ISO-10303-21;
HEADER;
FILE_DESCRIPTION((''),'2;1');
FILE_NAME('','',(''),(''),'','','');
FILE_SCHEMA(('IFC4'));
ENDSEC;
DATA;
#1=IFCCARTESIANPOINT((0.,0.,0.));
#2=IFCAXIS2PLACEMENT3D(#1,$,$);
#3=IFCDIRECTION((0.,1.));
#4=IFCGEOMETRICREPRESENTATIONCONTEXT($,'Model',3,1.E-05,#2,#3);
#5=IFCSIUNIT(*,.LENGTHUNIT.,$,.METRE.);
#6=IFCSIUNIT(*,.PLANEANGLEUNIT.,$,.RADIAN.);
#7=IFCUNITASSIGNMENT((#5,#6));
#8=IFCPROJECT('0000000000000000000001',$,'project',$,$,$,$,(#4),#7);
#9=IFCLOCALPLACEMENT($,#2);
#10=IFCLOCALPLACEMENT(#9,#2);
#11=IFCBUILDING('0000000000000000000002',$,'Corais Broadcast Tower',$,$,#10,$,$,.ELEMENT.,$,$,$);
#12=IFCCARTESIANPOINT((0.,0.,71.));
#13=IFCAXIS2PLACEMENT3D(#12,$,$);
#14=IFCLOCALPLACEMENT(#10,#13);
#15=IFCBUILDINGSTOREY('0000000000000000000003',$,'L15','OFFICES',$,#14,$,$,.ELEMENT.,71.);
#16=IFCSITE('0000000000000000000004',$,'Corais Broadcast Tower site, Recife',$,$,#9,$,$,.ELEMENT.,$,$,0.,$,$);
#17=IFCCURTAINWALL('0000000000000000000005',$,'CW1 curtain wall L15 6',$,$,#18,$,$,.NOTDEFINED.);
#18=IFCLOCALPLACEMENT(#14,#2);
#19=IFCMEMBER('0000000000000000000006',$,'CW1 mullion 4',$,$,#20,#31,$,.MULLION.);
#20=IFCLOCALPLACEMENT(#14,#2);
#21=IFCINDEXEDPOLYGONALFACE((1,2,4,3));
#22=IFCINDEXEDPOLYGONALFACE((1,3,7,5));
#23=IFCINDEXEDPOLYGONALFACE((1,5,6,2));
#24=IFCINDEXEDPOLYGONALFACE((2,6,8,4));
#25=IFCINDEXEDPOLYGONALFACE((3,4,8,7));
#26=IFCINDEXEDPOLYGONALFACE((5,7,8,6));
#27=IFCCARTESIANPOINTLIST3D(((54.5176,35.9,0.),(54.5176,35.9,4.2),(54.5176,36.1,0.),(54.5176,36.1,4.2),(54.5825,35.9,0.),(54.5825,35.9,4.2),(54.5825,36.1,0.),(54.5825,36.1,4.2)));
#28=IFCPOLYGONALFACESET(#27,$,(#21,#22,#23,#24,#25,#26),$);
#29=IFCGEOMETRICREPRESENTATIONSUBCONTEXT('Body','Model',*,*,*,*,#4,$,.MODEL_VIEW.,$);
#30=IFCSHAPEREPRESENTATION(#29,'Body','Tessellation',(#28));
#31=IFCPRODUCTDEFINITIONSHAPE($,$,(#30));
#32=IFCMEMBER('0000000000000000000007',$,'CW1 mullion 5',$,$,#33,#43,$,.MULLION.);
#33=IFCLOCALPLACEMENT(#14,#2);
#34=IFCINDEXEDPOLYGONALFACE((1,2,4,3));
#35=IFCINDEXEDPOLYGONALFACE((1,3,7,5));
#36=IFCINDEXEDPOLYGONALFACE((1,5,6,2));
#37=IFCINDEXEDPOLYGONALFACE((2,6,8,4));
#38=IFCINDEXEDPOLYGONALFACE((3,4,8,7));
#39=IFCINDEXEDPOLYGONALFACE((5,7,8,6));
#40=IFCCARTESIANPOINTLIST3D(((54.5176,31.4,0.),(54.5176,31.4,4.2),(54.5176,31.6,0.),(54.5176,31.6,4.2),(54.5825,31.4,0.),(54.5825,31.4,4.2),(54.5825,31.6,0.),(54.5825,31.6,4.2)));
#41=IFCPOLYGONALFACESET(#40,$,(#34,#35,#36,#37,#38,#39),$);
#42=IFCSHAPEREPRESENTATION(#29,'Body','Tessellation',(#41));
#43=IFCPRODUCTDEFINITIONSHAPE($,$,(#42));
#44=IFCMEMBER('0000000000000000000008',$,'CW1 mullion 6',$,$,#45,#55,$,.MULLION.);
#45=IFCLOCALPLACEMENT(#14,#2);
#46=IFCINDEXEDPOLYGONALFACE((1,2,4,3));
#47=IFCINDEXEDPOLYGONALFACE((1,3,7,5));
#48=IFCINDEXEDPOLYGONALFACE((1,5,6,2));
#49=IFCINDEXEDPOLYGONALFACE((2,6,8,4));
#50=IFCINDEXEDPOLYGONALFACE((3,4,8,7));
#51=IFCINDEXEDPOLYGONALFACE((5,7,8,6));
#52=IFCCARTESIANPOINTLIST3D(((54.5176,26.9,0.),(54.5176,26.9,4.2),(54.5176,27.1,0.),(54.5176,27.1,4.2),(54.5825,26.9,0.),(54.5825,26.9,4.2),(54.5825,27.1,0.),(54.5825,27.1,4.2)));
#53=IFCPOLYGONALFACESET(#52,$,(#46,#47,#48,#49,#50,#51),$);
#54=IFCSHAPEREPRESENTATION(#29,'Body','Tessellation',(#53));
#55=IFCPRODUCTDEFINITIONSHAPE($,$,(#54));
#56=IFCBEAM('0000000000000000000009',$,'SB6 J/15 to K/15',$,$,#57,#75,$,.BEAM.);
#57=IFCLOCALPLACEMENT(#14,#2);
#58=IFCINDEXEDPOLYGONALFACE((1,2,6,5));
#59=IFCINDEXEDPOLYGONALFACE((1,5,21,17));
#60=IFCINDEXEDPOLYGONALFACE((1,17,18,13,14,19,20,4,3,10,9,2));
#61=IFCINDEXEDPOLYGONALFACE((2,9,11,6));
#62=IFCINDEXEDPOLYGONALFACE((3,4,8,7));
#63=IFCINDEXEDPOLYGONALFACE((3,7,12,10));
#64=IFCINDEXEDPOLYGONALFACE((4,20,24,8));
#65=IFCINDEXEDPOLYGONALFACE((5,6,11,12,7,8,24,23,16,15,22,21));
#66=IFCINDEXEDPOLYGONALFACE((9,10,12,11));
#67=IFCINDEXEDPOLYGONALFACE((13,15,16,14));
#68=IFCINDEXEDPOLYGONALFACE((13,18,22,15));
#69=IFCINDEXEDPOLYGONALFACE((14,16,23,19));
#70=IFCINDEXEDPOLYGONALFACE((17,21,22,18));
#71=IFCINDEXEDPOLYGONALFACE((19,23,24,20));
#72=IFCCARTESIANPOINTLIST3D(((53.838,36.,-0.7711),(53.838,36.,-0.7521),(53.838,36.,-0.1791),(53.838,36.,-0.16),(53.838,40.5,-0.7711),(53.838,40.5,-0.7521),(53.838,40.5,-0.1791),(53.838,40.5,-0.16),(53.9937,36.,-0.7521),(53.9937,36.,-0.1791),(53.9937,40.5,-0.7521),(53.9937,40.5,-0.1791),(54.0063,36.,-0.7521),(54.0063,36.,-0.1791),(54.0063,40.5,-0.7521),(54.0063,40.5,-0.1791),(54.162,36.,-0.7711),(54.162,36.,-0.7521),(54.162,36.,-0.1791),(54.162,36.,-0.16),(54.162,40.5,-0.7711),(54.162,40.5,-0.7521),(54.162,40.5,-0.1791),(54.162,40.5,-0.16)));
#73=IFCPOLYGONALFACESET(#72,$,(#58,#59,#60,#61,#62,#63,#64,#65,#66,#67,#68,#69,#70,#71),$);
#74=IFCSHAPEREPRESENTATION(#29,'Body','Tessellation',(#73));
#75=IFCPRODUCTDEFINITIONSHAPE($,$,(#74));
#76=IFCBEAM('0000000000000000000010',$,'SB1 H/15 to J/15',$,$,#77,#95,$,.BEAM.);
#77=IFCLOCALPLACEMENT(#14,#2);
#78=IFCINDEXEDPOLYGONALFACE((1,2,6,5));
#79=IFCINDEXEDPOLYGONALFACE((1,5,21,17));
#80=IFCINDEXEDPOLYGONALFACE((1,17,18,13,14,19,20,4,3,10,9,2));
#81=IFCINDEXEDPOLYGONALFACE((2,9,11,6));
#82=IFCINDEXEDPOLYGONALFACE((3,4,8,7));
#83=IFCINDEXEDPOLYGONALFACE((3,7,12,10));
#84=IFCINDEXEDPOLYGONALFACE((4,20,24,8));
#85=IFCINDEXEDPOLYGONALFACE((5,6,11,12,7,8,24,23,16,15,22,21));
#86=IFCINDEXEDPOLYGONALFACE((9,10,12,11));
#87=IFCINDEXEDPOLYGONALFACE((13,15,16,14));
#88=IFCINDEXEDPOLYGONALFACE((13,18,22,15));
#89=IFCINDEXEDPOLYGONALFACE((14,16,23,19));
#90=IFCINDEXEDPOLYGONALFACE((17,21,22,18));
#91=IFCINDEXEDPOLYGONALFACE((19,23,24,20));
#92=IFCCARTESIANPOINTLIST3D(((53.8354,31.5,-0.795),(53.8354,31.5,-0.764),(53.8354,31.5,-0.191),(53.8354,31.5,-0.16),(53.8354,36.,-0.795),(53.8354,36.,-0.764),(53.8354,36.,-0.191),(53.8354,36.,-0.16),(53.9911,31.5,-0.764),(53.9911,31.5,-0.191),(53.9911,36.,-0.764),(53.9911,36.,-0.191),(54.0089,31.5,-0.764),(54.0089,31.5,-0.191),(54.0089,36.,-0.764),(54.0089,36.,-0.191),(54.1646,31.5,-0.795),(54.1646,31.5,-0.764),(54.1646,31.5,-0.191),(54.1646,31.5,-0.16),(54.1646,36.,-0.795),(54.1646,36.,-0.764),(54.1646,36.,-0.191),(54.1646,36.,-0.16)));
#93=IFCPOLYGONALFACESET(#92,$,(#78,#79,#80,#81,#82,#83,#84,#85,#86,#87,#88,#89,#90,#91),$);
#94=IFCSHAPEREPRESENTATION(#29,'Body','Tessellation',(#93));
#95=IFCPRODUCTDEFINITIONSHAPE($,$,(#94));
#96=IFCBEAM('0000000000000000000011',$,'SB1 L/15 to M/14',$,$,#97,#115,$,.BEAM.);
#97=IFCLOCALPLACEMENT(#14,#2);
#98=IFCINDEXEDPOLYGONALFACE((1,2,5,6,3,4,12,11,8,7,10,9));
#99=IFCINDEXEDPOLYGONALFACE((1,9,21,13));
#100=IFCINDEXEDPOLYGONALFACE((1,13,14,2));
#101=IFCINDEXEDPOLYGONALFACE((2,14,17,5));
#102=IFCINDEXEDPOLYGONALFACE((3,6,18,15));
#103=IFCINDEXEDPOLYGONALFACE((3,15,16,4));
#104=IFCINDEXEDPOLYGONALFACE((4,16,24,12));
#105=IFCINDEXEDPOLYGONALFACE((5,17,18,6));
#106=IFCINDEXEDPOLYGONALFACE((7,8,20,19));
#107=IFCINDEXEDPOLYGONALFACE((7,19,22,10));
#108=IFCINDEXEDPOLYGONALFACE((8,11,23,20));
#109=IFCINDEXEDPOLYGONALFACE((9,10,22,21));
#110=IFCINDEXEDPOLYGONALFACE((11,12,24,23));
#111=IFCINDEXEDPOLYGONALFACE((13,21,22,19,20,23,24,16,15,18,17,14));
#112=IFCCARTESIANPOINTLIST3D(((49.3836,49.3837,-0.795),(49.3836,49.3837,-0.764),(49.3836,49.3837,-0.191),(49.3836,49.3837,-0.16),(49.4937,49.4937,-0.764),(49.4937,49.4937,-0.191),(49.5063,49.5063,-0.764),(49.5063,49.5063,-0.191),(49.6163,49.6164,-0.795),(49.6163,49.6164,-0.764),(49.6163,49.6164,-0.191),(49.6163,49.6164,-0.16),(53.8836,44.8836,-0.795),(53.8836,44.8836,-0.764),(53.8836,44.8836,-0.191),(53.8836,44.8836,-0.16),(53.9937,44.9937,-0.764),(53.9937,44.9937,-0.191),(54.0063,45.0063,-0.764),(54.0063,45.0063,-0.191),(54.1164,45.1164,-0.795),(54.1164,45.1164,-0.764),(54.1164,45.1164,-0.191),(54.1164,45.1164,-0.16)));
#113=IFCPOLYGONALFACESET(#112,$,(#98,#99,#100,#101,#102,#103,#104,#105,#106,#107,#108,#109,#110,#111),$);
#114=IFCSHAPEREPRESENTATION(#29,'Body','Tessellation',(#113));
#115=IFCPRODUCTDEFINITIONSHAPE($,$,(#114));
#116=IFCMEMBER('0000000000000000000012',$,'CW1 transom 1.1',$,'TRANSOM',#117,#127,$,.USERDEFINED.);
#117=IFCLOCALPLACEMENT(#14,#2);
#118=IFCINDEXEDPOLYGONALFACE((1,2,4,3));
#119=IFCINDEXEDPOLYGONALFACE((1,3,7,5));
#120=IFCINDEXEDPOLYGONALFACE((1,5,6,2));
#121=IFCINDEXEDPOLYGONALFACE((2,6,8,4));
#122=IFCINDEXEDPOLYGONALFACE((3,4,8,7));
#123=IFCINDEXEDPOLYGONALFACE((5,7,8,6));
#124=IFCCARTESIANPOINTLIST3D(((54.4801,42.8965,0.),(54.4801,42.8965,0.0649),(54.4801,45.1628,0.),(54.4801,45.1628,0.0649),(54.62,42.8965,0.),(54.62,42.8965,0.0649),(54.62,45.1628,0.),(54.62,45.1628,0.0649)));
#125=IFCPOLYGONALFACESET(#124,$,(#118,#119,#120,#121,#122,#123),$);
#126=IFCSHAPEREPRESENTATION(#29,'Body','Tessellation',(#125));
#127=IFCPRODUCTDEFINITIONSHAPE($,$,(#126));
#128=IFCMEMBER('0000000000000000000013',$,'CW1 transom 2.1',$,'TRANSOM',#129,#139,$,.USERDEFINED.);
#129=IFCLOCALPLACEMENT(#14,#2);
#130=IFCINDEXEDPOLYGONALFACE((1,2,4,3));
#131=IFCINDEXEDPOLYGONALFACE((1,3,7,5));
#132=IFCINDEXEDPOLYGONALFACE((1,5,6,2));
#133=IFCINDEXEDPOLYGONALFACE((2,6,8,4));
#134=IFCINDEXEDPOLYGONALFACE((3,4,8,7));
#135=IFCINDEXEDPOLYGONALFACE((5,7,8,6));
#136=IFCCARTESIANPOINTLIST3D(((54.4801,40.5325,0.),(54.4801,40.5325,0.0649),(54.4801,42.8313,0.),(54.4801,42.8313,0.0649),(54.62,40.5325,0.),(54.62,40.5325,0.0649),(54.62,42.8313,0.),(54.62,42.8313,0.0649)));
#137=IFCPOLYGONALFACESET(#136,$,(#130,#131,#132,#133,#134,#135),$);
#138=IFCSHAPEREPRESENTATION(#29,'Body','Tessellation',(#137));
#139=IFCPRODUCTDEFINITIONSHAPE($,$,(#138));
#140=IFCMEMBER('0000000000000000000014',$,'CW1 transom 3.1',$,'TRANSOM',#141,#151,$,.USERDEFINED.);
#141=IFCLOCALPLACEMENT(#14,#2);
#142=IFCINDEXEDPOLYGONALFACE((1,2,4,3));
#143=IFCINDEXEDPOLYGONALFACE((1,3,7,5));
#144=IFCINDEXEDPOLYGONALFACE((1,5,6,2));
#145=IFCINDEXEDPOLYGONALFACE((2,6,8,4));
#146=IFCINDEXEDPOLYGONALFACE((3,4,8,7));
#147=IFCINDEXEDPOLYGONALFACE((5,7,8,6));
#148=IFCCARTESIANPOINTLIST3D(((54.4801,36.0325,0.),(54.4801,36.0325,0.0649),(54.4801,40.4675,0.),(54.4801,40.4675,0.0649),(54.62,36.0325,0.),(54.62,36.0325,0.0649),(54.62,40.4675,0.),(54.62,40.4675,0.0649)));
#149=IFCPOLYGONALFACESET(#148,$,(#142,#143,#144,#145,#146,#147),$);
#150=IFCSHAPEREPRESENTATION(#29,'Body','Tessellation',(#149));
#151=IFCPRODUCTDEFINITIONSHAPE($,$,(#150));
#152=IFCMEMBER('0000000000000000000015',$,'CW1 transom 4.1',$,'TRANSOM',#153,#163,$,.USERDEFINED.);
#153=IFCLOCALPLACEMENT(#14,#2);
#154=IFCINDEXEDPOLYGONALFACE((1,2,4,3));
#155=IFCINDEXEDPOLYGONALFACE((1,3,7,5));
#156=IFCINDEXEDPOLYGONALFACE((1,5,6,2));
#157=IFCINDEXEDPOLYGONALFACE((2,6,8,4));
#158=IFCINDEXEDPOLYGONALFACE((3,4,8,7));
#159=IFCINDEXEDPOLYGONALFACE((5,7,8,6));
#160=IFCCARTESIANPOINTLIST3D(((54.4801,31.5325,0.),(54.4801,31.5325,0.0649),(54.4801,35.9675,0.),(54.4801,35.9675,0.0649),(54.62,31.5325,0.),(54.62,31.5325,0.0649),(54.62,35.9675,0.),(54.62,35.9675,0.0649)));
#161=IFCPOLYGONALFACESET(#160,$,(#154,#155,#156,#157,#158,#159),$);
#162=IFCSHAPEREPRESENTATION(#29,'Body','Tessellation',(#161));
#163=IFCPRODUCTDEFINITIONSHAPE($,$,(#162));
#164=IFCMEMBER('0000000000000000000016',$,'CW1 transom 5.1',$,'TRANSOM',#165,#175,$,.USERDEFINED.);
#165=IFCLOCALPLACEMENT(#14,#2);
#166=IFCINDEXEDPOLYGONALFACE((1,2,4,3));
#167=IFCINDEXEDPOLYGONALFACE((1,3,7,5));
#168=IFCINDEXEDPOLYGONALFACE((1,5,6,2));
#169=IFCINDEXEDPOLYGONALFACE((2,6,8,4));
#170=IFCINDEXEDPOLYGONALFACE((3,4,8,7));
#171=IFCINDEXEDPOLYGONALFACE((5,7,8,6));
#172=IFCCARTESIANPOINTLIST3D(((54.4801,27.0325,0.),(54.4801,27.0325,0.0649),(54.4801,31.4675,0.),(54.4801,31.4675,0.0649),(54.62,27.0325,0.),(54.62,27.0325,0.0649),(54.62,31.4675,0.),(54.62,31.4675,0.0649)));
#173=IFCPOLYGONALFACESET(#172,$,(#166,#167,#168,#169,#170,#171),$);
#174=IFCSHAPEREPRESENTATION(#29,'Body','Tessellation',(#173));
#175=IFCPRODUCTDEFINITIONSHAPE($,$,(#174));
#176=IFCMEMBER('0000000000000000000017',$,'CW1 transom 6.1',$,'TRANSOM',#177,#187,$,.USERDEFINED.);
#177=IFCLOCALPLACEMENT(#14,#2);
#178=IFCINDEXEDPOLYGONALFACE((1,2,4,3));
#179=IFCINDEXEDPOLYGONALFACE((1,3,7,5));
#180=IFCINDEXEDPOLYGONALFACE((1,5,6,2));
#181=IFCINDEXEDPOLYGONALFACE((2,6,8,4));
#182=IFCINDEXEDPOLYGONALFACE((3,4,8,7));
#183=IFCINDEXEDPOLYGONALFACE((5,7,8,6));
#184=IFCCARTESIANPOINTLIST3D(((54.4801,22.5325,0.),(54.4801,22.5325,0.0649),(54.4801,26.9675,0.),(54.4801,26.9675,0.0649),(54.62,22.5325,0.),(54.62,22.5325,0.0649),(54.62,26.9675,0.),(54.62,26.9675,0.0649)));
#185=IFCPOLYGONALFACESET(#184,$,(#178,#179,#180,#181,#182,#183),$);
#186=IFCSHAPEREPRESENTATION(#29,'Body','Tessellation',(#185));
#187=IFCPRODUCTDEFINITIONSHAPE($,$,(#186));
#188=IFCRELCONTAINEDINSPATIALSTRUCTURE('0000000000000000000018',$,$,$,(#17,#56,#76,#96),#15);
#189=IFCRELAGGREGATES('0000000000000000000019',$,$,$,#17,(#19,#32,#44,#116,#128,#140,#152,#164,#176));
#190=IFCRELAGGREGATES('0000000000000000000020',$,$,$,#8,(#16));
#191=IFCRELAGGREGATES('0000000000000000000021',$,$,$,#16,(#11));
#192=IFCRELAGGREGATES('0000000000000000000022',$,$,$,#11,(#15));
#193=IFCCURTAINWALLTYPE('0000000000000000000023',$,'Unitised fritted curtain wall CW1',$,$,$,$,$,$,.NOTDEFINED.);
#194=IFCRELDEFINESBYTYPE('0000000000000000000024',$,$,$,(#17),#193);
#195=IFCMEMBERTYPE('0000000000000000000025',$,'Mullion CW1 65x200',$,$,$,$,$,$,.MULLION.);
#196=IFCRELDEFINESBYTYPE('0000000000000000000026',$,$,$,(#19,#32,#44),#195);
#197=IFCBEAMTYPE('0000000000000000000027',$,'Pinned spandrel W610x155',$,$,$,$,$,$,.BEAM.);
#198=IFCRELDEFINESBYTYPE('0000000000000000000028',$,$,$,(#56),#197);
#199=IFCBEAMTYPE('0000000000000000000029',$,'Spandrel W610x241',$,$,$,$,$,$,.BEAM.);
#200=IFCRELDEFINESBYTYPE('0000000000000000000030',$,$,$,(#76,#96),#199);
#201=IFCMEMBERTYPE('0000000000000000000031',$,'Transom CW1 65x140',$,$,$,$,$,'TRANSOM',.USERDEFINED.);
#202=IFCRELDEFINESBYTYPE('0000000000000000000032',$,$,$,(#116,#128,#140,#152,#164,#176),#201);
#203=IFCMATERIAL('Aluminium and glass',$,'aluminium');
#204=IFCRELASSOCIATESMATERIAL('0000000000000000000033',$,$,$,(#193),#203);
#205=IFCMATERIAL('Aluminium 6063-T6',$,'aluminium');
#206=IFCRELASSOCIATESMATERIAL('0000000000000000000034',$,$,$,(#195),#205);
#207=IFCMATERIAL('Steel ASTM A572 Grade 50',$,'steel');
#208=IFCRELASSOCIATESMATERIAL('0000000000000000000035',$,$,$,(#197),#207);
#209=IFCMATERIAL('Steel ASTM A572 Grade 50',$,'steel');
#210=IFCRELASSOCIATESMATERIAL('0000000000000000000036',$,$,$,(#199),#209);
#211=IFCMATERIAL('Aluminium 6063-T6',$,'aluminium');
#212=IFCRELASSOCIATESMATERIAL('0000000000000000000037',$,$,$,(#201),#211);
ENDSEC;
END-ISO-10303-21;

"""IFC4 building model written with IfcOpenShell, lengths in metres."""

from ifc_helpers import new_model, si_unit, direction, frame, origin, origin_2d, place, context, subcontext, project, spatial, rectangle, i_section, extrude, material, material_profile, profile_set, type_object, element, aggregate, save


model = new_model("IFC4")

# Units and contexts
model_context = context("Model", 3, precision=1e-05, world=origin(), true_north=direction((0.0, 1.0)))
body_context = subcontext(model_context, "Body", "Model", "MODEL_VIEW")
ifc_project = project(units=[si_unit("LENGTHUNIT", "METRE"), si_unit("PLANEANGLEUNIT", "RADIAN")], contexts=[model_context])

# Site, building, storey
site_placement = place(None, origin())
site = spatial("IfcSite", under=ifc_project, at=site_placement, Name="Corais Broadcast Tower site, Recife", CompositionType="ELEMENT", RefElevation=0.0)
building_placement = place(site_placement, origin())
building = spatial("IfcBuilding", under=site, at=building_placement, Name="Corais Broadcast Tower", CompositionType="ELEMENT")
storey_placement = place(building_placement, frame((0.0, 0.0, 71.0)))
storey = spatial("IfcBuildingStorey", under=building, at=storey_placement, Name="L15", Description="OFFICES", CompositionType="ELEMENT", Elevation=71.0)

# Curtain wall, members
ifc_material_1 = material(Name="Aluminium and glass", Category="aluminium")
curtain_wall_type = type_object("IfcCurtainWallType", Name="Unitised fritted curtain wall CW1", PredefinedType="NOTDEFINED", material=ifc_material_1)
curtain_wall_placement = place(storey_placement, origin())
curtain_wall = element("IfcCurtainWall", 1, at=curtain_wall_placement, inside=storey, type_object=curtain_wall_type, Name="CW1 curtain wall L15 6", PredefinedType="NOTDEFINED")
ifc_material_2 = material(Name="Aluminium 6063-T6", Category="aluminium")
ifc_material_profile_1 = material_profile(ifc_material_2, rectangle(XDim=0.0649, YDim=0.2, at=origin_2d()), Name="Mullion CW1 65x200")
ifc_profile_set_1 = profile_set([ifc_material_profile_1], Name="Aluminium 6063-T6")
member_type_1 = type_object("IfcMemberType", Name="Mullion CW1 65x200", PredefinedType="MULLION", material=ifc_profile_set_1)
member_1_placement = place(storey_placement, frame((54.55, 36.0, 0.0), z_axis=(0.0, 0.0, 1.0), x_axis=(1.0, 0.0, 0.0)))
member_1 = element("IfcMember", 2, at=member_1_placement, type_object=member_type_1, Name="CW1 mullion 4", PredefinedType="MULLION", context=body_context, shape_type="SweptSolid", body=[
    extrude(rectangle(XDim=0.0649, YDim=0.2, at=origin_2d()), origin(), (0.0, 0.0, 1.0), 4.2),
])
member_2_placement = place(storey_placement, frame((54.55, 31.5, 0.0), z_axis=(0.0, 0.0, 1.0), x_axis=(1.0, 0.0, 0.0)))
member_2 = element("IfcMember", 3, at=member_2_placement, type_object=member_type_1, Name="CW1 mullion 5", PredefinedType="MULLION", context=body_context, shape_type="SweptSolid", body=[
    extrude(rectangle(XDim=0.0649, YDim=0.2, at=origin_2d()), origin(), (0.0, 0.0, 1.0), 4.2),
])
member_3_placement = place(storey_placement, frame((54.55, 27.0, 0.0), z_axis=(0.0, 0.0, 1.0), x_axis=(1.0, 0.0, 0.0)))
member_3 = element("IfcMember", 4, at=member_3_placement, type_object=member_type_1, Name="CW1 mullion 6", PredefinedType="MULLION", context=body_context, shape_type="SweptSolid", body=[
    extrude(rectangle(XDim=0.0649, YDim=0.2, at=origin_2d()), origin(), (0.0, 0.0, 1.0), 4.2),
])

# Beams
ifc_material_3 = material(Name="Steel ASTM A572 Grade 50", Category="steel")
ifc_material_profile_2 = material_profile(ifc_material_3, i_section(OverallWidth=0.324, OverallDepth=0.6111, WebThickness=0.0127, FlangeThickness=0.019, at=origin_2d()), Name="W610x155")
ifc_profile_set_2 = profile_set([ifc_material_profile_2], Name="Steel ASTM A572 Grade 50")
beam_type_1 = type_object("IfcBeamType", Name="Pinned spandrel W610x155", PredefinedType="BEAM", material=ifc_profile_set_2)
beam_1_placement = place(storey_placement, frame((54.0, 36.0, -0.4656), z_axis=(0.0, 1.0, 0.0), x_axis=(-1.0, 0.0, 0.0)))
element("IfcBeam", 5, at=beam_1_placement, inside=storey, type_object=beam_type_1, Name="SB6 J/15 to K/15", PredefinedType="BEAM", context=body_context, shape_type="SweptSolid", body=[
    extrude(i_section(OverallWidth=0.324, OverallDepth=0.6111, WebThickness=0.0127, FlangeThickness=0.019, at=origin_2d()), origin(), (0.0, 0.0, 1.0), 4.5),
])
ifc_material_4 = material(Name="Steel ASTM A572 Grade 50", Category="steel")
ifc_material_profile_3 = material_profile(ifc_material_4, i_section(OverallWidth=0.3291, OverallDepth=0.635, WebThickness=0.0178, FlangeThickness=0.031, at=origin_2d()), Name="W610x241")
ifc_profile_set_3 = profile_set([ifc_material_profile_3], Name="Steel ASTM A572 Grade 50")
beam_type_2 = type_object("IfcBeamType", Name="Spandrel W610x241", PredefinedType="BEAM", material=ifc_profile_set_3)
beam_2_placement = place(storey_placement, frame((54.0, 31.5, -0.4775), z_axis=(0.0, 1.0, 0.0), x_axis=(-1.0, 0.0, 0.0)))
element("IfcBeam", 6, at=beam_2_placement, inside=storey, type_object=beam_type_2, Name="SB1 H/15 to J/15", PredefinedType="BEAM", context=body_context, shape_type="SweptSolid", body=[
    extrude(i_section(OverallWidth=0.3291, OverallDepth=0.635, WebThickness=0.0178, FlangeThickness=0.031, at=origin_2d()), origin(), (0.0, 0.0, 1.0), 4.5),
])
beam_3_placement = place(storey_placement, frame((54.0, 45.0, -0.4775), z_axis=(-0.707107, 0.707107, 0.0), x_axis=(-0.707107, -0.707107, 0.0)))
element("IfcBeam", 7, at=beam_3_placement, inside=storey, type_object=beam_type_2, Name="SB1 L/15 to M/14", PredefinedType="BEAM", context=body_context, shape_type="SweptSolid", body=[
    extrude(i_section(OverallWidth=0.3291, OverallDepth=0.635, WebThickness=0.0178, FlangeThickness=0.031, at=origin_2d()), origin(), (0.0, 0.0, 1.0), 6.364),
])

# Members
ifc_material_5 = material(Name="Aluminium 6063-T6", Category="aluminium")
ifc_material_profile_4 = material_profile(ifc_material_5, rectangle(XDim=0.1399, YDim=0.0649, at=origin_2d()), Name="Transom CW1 65x140")
ifc_profile_set_4 = profile_set([ifc_material_profile_4], Name="Aluminium 6063-T6")
member_type_2 = type_object("IfcMemberType", Name="Transom CW1 65x140", ElementType="TRANSOM", PredefinedType="USERDEFINED", material=ifc_profile_set_4)
member_4_placement = place(storey_placement, frame((54.55, 45.1628, 0.0325), z_axis=(0.0, -1.0, 0.0), x_axis=(1.0, 0.0, 0.0)))
member_4 = element("IfcMember", 8, at=member_4_placement, type_object=member_type_2, Name="CW1 transom 1.1", ObjectType="TRANSOM", PredefinedType="USERDEFINED", context=body_context, shape_type="SweptSolid", body=[
    extrude(rectangle(XDim=0.1399, YDim=0.0649, at=origin_2d()), origin(), (0.0, 0.0, 1.0), 2.2664),
])
member_5_placement = place(storey_placement, frame((54.55, 42.8313, 0.0325), z_axis=(0.0, -1.0, 0.0), x_axis=(1.0, 0.0, 0.0)))
member_5 = element("IfcMember", 9, at=member_5_placement, type_object=member_type_2, Name="CW1 transom 2.1", ObjectType="TRANSOM", PredefinedType="USERDEFINED", context=body_context, shape_type="SweptSolid", body=[
    extrude(rectangle(XDim=0.1399, YDim=0.0649, at=origin_2d()), origin(), (0.0, 0.0, 1.0), 2.2988),
])
member_6_placement = place(storey_placement, frame((54.55, 40.4675, 0.0325), z_axis=(0.0, -1.0, 0.0), x_axis=(1.0, 0.0, 0.0)))
member_6 = element("IfcMember", 10, at=member_6_placement, type_object=member_type_2, Name="CW1 transom 3.1", ObjectType="TRANSOM", PredefinedType="USERDEFINED", context=body_context, shape_type="SweptSolid", body=[
    extrude(rectangle(XDim=0.1399, YDim=0.0649, at=origin_2d()), origin(), (0.0, 0.0, 1.0), 4.4351),
])
member_7_placement = place(storey_placement, frame((54.55, 35.9675, 0.0325), z_axis=(0.0, -1.0, 0.0), x_axis=(1.0, 0.0, 0.0)))
member_7 = element("IfcMember", 11, at=member_7_placement, type_object=member_type_2, Name="CW1 transom 4.1", ObjectType="TRANSOM", PredefinedType="USERDEFINED", context=body_context, shape_type="SweptSolid", body=[
    extrude(rectangle(XDim=0.1399, YDim=0.0649, at=origin_2d()), origin(), (0.0, 0.0, 1.0), 4.4351),
])
member_8_placement = place(storey_placement, frame((54.55, 31.4675, 0.0325), z_axis=(0.0, -1.0, 0.0), x_axis=(1.0, 0.0, 0.0)))
member_8 = element("IfcMember", 12, at=member_8_placement, type_object=member_type_2, Name="CW1 transom 5.1", ObjectType="TRANSOM", PredefinedType="USERDEFINED", context=body_context, shape_type="SweptSolid", body=[
    extrude(rectangle(XDim=0.1399, YDim=0.0649, at=origin_2d()), origin(), (0.0, 0.0, 1.0), 4.4351),
])
member_9_placement = place(storey_placement, frame((54.55, 26.9675, 0.0325), z_axis=(0.0, -1.0, 0.0), x_axis=(1.0, 0.0, 0.0)))
member_9 = element("IfcMember", 13, at=member_9_placement, type_object=member_type_2, Name="CW1 transom 6.1", ObjectType="TRANSOM", PredefinedType="USERDEFINED", context=body_context, shape_type="SweptSolid", body=[
    extrude(rectangle(XDim=0.1399, YDim=0.0649, at=origin_2d()), origin(), (0.0, 0.0, 1.0), 4.4351),
])

aggregate(curtain_wall, [member_1, member_2, member_3, member_4, member_5, member_6, member_7, member_8, member_9])

save(model, "model.ifc")
